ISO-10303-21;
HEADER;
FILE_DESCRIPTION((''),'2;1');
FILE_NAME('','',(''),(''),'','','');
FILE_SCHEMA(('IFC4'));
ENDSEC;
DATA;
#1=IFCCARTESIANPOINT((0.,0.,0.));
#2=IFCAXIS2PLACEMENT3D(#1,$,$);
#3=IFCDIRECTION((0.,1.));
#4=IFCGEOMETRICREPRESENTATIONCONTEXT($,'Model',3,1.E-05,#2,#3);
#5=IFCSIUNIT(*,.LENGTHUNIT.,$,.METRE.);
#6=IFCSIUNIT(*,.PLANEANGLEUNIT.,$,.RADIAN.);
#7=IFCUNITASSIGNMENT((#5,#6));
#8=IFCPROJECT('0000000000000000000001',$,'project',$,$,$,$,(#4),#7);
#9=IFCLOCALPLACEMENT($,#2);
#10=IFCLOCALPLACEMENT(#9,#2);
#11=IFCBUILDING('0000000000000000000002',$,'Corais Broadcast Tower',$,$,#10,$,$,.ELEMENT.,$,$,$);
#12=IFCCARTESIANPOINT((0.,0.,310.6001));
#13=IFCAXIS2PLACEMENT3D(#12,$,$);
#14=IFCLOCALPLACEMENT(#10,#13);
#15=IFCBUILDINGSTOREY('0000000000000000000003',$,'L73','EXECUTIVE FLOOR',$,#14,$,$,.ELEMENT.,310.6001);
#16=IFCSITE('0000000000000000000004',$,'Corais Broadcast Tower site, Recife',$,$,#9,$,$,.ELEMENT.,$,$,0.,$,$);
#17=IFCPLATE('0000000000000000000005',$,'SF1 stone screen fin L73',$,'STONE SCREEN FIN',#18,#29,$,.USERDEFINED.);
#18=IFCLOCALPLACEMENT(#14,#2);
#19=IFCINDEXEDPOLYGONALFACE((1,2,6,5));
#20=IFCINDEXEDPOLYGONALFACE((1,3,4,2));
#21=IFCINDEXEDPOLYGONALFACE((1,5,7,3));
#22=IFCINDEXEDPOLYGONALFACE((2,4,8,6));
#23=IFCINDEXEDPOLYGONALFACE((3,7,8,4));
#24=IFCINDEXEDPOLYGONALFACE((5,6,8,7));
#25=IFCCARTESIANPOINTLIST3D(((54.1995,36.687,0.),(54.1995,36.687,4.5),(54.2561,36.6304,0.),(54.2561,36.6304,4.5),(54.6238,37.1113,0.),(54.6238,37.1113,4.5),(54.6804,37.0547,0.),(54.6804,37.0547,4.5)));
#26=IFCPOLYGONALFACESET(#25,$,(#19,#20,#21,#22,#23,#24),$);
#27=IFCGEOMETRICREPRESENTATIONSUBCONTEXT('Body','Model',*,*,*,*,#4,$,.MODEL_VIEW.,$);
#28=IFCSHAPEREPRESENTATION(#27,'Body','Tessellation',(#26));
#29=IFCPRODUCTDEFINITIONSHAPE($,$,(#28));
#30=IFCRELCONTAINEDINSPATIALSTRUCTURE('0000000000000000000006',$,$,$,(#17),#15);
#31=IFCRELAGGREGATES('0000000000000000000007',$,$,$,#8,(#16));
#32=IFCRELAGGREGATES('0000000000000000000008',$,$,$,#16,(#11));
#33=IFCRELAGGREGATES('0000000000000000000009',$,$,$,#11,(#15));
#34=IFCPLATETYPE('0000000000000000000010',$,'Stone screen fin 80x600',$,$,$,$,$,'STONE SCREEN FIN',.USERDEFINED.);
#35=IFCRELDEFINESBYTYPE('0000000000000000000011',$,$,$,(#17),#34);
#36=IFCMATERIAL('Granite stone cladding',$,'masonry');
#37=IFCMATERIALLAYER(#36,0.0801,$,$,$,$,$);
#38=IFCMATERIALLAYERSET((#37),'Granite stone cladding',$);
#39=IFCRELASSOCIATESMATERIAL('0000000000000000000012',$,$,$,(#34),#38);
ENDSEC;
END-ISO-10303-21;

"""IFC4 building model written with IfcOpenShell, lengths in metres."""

from ifc_helpers import new_model, si_unit, direction, frame, origin, origin_2d, place, context, subcontext, project, spatial, rectangle, extrude, material, layer, layer_set, type_object, element, save


model = new_model("IFC4")

# Units and contexts
model_context = context("Model", 3, precision=1e-05, world=origin(), true_north=direction((0.0, 1.0)))
body_context = subcontext(model_context, "Body", "Model", "MODEL_VIEW")
ifc_project = project(units=[si_unit("LENGTHUNIT", "METRE"), si_unit("PLANEANGLEUNIT", "RADIAN")], contexts=[model_context])

# Site, building, storey
site_placement = place(None, origin())
site = spatial("IfcSite", under=ifc_project, at=site_placement, Name="Corais Broadcast Tower site, Recife", CompositionType="ELEMENT", RefElevation=0.0)
building_placement = place(site_placement, origin())
building = spatial("IfcBuilding", under=site, at=building_placement, Name="Corais Broadcast Tower", CompositionType="ELEMENT")
storey_placement = place(building_placement, frame((0.0, 0.0, 310.6001)))
storey = spatial("IfcBuildingStorey", under=building, at=storey_placement, Name="L73", Description="EXECUTIVE FLOOR", CompositionType="ELEMENT", Elevation=310.6001)

# Plate
ifc_material_1 = material(Name="Granite stone cladding", Category="masonry")
ifc_layer_1 = layer(ifc_material_1, 0.0801)
ifc_layer_set_1 = layer_set([ifc_layer_1], Name="Granite stone cladding")
plate_type_1 = type_object("IfcPlateType", Name="Stone screen fin 80x600", ElementType="STONE SCREEN FIN", PredefinedType="USERDEFINED", material=ifc_layer_set_1)
plate_1_placement = place(storey_placement, frame((54.4399, 36.8708, 0.0), z_axis=(0.0, 0.0, 1.0), x_axis=(0.707107, -0.707107, 0.0)))
element("IfcPlate", 1, at=plate_1_placement, inside=storey, type_object=plate_type_1, Name="SF1 stone screen fin L73", ObjectType="STONE SCREEN FIN", PredefinedType="USERDEFINED", context=body_context, shape_type="SweptSolid", body=[
    extrude(rectangle(XDim=0.0801, YDim=0.6001, at=origin_2d()), origin(), (0.0, 0.0, 1.0), 4.5),
])

save(model, "model.ifc")
